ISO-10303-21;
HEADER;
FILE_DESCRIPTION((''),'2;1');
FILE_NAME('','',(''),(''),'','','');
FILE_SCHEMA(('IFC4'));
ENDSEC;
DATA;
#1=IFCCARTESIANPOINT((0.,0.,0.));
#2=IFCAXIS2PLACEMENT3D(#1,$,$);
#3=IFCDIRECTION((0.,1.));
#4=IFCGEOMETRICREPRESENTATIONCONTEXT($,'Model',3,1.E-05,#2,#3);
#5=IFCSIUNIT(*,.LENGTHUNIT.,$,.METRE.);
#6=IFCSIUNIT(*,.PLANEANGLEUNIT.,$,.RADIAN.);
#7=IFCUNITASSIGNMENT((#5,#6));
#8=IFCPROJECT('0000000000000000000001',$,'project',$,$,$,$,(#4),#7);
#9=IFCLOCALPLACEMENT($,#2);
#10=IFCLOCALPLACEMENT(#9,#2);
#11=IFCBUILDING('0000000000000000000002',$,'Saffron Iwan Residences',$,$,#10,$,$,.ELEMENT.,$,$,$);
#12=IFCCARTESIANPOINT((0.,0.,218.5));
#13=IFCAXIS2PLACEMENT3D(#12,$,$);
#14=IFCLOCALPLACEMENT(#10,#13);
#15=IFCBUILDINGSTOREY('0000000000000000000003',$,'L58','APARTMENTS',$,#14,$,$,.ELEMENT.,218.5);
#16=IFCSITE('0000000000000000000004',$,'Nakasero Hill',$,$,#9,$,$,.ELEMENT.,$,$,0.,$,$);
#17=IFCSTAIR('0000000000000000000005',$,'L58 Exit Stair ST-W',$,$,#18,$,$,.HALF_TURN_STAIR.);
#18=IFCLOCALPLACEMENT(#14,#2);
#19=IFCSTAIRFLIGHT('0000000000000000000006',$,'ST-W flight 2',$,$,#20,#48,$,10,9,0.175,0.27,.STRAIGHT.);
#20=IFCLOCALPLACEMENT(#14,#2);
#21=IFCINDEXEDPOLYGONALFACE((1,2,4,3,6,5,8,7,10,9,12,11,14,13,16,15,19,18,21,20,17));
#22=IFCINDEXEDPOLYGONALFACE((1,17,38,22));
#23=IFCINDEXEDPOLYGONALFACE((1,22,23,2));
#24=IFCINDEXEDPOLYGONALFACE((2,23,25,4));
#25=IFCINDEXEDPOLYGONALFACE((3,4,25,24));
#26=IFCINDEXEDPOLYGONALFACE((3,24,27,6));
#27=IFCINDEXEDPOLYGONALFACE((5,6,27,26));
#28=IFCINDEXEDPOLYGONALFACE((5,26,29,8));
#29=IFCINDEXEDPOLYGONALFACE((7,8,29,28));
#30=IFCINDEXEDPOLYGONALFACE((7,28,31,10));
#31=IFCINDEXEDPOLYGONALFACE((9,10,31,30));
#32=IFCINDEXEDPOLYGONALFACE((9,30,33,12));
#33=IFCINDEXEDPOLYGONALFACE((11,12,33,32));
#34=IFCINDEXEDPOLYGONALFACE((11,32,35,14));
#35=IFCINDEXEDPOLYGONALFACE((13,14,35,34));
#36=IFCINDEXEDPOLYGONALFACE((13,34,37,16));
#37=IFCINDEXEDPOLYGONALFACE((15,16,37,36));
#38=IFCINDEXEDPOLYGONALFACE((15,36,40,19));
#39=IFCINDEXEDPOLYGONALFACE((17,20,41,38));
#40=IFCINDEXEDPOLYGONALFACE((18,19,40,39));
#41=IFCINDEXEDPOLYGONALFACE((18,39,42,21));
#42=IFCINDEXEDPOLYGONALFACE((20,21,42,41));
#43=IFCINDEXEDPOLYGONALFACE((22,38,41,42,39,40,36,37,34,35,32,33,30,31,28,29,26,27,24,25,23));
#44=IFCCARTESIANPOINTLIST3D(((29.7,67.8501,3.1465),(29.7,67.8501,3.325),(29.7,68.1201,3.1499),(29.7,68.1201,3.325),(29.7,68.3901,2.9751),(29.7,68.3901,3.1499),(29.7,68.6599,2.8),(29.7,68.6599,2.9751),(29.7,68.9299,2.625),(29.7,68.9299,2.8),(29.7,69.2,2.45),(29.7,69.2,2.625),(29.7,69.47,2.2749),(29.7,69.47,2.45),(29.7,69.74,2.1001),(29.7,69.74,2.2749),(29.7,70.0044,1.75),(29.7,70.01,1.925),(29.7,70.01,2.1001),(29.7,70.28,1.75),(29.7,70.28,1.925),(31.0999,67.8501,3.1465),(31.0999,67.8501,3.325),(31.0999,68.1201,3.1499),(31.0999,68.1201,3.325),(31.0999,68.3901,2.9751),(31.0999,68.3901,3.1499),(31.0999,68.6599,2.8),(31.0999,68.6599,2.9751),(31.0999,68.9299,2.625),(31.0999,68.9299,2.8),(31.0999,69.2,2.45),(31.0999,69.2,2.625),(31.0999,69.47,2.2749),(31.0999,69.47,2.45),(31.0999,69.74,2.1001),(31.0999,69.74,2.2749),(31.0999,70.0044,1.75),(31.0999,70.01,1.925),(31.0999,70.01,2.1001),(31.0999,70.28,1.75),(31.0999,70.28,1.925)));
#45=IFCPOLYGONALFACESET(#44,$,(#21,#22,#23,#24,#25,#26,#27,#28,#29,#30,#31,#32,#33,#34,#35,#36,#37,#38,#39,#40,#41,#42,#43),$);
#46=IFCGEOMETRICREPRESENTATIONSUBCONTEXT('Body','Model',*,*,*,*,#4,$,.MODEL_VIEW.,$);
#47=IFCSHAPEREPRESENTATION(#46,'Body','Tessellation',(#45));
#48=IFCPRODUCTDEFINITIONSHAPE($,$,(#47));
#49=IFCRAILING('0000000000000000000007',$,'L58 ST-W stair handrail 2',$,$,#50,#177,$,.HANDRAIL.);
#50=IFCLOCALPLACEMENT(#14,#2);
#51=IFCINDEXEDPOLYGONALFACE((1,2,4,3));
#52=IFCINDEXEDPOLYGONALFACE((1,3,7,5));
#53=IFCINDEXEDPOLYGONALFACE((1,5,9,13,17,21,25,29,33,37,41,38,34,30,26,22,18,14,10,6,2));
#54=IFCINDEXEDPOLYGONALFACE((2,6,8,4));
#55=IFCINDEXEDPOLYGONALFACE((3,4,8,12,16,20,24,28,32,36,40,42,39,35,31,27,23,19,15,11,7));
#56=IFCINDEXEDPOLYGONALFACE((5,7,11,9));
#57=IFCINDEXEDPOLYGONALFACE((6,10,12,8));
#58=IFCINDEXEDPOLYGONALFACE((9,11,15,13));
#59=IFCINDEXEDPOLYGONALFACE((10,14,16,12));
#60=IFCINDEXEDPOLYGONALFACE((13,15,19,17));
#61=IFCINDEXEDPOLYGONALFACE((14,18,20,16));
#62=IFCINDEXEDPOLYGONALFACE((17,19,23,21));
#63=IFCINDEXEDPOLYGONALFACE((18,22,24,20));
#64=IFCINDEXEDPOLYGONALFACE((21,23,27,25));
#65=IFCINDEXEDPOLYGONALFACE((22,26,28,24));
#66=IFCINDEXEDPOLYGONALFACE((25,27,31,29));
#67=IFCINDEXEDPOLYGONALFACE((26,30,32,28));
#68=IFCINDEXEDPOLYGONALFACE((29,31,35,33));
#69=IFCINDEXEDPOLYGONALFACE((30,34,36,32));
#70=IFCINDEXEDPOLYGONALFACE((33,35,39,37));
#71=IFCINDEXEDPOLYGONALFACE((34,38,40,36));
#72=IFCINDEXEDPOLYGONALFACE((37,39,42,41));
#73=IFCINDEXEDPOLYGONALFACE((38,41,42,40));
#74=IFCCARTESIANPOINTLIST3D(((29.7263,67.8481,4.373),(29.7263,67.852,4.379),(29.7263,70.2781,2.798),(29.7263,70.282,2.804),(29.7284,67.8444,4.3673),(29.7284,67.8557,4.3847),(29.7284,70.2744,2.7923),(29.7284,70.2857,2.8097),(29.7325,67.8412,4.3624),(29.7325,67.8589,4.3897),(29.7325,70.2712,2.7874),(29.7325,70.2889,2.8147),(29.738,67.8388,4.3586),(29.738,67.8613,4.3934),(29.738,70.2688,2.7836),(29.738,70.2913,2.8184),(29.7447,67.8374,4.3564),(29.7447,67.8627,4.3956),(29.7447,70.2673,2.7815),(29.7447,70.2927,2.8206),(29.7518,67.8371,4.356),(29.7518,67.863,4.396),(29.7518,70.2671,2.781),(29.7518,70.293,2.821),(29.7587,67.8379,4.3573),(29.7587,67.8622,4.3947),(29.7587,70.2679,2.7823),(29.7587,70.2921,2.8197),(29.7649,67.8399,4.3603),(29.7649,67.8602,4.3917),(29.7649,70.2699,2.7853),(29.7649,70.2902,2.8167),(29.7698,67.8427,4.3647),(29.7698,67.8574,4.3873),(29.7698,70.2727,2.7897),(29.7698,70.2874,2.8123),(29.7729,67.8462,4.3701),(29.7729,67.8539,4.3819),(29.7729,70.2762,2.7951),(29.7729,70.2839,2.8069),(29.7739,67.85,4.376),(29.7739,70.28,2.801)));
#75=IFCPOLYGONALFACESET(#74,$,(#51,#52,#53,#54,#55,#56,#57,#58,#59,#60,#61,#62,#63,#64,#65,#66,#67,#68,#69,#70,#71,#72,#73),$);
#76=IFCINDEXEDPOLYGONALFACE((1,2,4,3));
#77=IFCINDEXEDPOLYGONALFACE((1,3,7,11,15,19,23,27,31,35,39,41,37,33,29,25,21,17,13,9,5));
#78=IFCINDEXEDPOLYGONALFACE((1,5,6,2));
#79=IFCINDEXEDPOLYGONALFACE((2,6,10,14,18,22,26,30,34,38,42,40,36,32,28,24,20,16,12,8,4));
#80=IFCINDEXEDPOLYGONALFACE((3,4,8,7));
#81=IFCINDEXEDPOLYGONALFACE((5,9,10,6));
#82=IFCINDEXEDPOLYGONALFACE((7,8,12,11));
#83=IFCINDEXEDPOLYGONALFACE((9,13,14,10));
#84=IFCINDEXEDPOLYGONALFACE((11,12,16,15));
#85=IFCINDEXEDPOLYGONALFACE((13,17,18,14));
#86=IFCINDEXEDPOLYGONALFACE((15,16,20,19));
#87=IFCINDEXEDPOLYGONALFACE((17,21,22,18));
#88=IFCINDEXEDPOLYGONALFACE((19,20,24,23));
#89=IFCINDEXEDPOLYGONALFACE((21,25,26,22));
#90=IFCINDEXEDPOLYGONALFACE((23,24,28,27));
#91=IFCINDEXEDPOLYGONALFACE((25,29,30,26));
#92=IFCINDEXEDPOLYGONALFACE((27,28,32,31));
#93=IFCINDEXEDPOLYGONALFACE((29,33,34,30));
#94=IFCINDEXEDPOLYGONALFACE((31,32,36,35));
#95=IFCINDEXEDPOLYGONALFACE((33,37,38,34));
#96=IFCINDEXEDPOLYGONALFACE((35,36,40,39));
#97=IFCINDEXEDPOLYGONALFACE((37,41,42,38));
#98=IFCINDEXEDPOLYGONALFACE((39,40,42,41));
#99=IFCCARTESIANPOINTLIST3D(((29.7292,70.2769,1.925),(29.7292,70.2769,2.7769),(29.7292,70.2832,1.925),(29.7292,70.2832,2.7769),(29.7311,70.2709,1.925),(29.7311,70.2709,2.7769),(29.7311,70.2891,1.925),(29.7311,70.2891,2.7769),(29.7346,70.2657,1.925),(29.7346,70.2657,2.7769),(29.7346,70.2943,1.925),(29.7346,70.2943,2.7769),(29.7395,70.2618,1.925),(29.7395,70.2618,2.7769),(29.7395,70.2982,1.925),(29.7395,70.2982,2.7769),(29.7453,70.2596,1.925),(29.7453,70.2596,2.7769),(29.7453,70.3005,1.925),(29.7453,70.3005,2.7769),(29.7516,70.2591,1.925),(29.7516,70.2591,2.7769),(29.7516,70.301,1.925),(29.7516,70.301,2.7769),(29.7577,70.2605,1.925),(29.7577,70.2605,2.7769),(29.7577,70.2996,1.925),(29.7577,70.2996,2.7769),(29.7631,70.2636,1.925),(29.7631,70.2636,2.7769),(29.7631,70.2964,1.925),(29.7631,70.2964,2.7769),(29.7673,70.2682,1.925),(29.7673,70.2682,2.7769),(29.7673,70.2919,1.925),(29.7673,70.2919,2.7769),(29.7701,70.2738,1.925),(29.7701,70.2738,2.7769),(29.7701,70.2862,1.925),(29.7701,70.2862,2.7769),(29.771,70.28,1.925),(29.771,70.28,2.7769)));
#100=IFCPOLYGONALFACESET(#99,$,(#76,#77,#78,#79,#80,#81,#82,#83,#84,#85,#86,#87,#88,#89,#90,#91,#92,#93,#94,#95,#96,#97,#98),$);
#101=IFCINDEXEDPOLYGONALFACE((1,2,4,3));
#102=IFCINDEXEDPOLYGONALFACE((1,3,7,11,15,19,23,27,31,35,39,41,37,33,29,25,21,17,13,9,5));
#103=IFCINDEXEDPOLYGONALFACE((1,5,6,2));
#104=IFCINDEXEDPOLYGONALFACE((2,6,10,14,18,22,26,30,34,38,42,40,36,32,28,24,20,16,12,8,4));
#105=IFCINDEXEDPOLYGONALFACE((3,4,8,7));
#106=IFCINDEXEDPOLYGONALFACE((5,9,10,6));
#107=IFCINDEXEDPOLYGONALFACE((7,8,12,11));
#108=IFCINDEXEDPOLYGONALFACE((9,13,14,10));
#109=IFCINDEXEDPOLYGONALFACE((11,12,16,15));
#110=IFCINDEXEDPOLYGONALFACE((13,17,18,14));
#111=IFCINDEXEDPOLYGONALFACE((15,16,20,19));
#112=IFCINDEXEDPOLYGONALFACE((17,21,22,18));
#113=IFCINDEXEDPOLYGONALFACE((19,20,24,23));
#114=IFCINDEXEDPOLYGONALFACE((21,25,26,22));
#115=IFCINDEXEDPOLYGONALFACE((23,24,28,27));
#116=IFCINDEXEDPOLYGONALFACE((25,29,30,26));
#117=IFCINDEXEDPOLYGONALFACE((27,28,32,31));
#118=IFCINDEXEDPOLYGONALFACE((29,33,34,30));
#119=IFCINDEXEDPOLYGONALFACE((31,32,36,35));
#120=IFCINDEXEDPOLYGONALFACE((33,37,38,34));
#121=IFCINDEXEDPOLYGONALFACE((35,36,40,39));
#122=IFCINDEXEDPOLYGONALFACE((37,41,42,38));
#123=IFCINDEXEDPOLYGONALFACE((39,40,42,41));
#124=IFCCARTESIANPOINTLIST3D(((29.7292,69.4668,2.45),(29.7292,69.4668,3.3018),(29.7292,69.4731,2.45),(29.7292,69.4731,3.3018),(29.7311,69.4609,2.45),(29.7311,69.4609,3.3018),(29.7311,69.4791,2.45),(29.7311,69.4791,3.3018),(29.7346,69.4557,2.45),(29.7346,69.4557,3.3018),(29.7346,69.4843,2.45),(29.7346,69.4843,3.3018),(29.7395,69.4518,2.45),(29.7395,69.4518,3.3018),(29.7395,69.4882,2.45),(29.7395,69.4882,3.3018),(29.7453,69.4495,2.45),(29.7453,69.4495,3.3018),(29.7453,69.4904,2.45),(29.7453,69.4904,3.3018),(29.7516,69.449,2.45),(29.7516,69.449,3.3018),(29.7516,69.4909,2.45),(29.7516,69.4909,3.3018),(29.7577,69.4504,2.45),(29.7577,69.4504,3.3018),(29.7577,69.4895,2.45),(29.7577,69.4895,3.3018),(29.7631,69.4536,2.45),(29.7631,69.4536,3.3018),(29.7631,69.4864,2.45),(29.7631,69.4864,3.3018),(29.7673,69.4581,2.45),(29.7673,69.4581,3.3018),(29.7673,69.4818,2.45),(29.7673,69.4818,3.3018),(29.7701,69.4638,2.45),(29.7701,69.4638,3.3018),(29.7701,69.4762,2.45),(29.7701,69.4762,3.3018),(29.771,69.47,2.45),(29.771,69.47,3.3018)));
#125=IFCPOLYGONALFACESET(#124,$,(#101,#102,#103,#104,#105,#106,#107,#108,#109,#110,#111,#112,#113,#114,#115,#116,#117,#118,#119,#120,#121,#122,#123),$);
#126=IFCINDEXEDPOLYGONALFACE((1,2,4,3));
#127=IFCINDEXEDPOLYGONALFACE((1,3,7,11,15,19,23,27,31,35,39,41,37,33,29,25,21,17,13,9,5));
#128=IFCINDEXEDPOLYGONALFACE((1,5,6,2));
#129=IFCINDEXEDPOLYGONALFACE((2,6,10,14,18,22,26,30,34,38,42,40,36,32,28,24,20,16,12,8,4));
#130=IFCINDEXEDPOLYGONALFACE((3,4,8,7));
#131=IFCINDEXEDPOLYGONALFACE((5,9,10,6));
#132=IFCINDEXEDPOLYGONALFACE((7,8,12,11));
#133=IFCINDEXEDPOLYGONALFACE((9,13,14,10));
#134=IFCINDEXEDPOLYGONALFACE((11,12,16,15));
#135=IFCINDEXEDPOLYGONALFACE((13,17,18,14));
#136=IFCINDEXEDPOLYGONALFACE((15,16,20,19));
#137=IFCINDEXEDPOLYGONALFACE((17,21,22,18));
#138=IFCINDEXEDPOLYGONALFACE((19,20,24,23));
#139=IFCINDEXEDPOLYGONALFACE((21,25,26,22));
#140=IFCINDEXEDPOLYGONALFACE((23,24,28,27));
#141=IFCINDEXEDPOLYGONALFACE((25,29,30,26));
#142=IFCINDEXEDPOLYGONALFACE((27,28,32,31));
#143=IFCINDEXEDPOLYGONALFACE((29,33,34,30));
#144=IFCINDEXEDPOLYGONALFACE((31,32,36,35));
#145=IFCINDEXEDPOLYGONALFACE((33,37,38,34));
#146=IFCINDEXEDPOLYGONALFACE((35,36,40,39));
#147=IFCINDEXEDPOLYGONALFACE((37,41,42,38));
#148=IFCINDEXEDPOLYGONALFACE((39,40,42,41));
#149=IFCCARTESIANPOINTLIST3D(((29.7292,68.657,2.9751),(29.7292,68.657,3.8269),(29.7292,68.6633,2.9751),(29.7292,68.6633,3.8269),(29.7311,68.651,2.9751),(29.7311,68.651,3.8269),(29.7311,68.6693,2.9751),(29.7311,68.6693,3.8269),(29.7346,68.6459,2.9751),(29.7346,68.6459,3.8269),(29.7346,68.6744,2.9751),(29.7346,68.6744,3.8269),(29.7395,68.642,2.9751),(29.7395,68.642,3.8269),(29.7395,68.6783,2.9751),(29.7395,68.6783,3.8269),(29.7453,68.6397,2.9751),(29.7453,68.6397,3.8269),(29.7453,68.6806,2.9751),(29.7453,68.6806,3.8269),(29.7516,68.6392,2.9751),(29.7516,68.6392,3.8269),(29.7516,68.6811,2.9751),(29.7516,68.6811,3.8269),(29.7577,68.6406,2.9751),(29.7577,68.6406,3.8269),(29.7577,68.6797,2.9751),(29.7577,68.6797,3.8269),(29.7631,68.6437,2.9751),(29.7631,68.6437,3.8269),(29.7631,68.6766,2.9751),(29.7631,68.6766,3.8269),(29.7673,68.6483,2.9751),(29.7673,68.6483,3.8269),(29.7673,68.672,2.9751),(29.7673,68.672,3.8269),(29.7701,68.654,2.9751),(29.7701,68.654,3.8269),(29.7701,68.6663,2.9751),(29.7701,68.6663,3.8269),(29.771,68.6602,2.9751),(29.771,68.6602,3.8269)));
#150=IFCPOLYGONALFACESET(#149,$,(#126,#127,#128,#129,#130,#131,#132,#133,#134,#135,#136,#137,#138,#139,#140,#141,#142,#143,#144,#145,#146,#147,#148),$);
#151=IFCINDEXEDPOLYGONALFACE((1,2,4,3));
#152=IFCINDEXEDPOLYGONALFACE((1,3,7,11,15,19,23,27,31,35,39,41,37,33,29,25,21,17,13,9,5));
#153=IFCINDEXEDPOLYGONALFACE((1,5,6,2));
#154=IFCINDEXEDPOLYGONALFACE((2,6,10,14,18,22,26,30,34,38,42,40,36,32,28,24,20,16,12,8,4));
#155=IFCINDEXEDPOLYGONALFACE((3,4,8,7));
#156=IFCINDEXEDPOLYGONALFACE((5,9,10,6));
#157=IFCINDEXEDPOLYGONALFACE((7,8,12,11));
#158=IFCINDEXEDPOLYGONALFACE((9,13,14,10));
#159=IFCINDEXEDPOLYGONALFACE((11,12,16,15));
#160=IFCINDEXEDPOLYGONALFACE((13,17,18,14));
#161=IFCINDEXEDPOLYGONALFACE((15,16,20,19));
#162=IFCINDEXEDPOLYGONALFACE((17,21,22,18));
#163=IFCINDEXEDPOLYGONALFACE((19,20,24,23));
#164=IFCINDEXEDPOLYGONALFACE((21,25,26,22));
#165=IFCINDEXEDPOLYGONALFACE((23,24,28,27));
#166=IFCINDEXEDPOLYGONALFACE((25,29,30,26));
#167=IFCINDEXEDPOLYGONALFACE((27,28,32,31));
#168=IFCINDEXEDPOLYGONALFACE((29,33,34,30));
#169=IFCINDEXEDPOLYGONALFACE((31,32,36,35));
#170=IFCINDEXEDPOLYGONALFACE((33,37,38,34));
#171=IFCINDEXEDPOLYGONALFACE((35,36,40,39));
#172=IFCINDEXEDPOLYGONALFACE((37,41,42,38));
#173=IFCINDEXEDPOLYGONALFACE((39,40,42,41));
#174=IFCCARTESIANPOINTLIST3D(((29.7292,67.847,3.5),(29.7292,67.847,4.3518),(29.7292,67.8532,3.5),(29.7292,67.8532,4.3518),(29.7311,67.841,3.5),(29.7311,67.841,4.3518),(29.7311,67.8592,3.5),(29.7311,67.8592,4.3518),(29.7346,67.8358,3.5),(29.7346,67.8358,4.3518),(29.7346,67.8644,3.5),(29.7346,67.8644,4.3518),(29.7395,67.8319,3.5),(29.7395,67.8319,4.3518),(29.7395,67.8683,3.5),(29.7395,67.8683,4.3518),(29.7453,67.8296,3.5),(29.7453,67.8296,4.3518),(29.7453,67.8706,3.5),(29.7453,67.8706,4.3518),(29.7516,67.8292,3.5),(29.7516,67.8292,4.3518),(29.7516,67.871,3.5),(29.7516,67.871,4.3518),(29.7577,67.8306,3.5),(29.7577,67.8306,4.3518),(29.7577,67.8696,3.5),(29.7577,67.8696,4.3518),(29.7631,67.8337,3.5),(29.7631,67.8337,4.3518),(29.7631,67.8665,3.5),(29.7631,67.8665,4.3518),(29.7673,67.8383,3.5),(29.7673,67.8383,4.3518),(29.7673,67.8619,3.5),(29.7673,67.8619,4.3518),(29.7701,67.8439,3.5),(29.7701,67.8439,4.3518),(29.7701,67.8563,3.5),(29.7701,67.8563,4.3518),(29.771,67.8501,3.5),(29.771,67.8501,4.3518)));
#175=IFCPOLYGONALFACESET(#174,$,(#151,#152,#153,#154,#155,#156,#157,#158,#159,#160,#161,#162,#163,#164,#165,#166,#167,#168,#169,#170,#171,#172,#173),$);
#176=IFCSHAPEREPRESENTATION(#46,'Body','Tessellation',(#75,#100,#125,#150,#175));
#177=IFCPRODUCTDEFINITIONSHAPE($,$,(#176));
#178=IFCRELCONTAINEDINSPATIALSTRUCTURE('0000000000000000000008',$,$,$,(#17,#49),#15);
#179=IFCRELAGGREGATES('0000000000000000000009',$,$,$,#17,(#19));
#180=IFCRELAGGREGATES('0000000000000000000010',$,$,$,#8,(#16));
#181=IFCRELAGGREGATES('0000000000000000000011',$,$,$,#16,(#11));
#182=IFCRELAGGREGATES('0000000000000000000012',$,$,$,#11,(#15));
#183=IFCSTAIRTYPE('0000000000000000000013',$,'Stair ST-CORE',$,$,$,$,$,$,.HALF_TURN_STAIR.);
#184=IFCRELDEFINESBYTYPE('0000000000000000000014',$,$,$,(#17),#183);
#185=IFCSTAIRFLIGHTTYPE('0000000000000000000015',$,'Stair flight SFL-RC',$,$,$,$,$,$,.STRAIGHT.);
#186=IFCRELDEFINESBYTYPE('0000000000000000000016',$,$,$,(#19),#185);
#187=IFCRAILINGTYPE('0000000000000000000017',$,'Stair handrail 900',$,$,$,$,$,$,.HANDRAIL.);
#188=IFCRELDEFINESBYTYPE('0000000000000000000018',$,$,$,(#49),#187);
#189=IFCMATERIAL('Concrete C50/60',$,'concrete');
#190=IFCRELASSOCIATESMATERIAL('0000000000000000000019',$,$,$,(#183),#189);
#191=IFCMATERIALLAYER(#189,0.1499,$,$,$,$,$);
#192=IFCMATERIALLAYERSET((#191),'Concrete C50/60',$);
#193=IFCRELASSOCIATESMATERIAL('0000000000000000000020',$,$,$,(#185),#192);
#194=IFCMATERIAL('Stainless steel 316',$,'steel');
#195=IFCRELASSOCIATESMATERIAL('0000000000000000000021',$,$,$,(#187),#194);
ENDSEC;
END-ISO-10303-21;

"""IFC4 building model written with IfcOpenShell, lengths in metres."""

from ifc_helpers import new_model, si_unit, direction, frame, origin, origin_2d, place, context, subcontext, project, spatial, polyline, circle, outline, extrude, material, layer, layer_set, type_object, element, aggregate, save


model = new_model("IFC4")

# Units and contexts
model_context = context("Model", 3, precision=1e-05, world=origin(), true_north=direction((0.0, 1.0)))
body_context = subcontext(model_context, "Body", "Model", "MODEL_VIEW")
ifc_project = project(units=[si_unit("LENGTHUNIT", "METRE"), si_unit("PLANEANGLEUNIT", "RADIAN")], contexts=[model_context])

# Site, building, storey
site_placement = place(None, origin())
site = spatial("IfcSite", under=ifc_project, at=site_placement, Name="Nakasero Hill", CompositionType="ELEMENT", RefElevation=0.0)
building_placement = place(site_placement, origin())
building = spatial("IfcBuilding", under=site, at=building_placement, Name="Saffron Iwan Residences", CompositionType="ELEMENT")
storey_placement = place(building_placement, frame((0.0, 0.0, 218.5)))
storey = spatial("IfcBuildingStorey", under=building, at=storey_placement, Name="L58", Description="APARTMENTS", CompositionType="ELEMENT", Elevation=218.5)

# Stair, stair flight
ifc_material_1 = material(Name="Concrete C50/60", Category="concrete")
stair_type = type_object("IfcStairType", Name="Stair ST-CORE", PredefinedType="HALF_TURN_STAIR", material=ifc_material_1)
stair_placement = place(storey_placement, origin())
stair = element("IfcStair", 1, at=stair_placement, inside=storey, type_object=stair_type, Name="L58 Exit Stair ST-W", PredefinedType="HALF_TURN_STAIR")
ifc_layer = layer(ifc_material_1, 0.1499)
ifc_layer_set = layer_set([ifc_layer], Name="Concrete C50/60")
stair_flight_type = type_object("IfcStairFlightType", Name="Stair flight SFL-RC", PredefinedType="STRAIGHT", material=ifc_layer_set)
stair_flight_placement = place(storey_placement, frame((30.3999, 70.28, 1.75), z_axis=(0.0, 0.0, 1.0), x_axis=(0.0, -1.0, 0.0)))
stair_flight = element("IfcStairFlight", 2, at=stair_flight_placement, type_object=stair_flight_type, Name="ST-W flight 2", NumberOfRisers=10, NumberOfTreads=9, PredefinedType="STRAIGHT", RiserHeight=0.175, TreadLength=0.27, context=body_context, shape_type="SweptSolid", body=[
    extrude(outline(polyline([(0.0, 0.0), (0.0, 0.175), (0.27, 0.175), (0.27, 0.3501), (0.54, 0.3501), (0.54, 0.5249), (0.8101, 0.5249), (0.8101, 0.7), (1.0801, 0.7), (1.0801, 0.875), (1.3501, 0.875), (1.3501, 1.05), (1.6201, 1.05), (1.6201, 1.2251), (1.8899, 1.2251), (1.8899, 1.3999), (2.1599, 1.3999), (2.1599, 1.575), (2.4299, 1.575), (2.4299, 1.75), (2.4299, 1.3965), (0.2756, 0.0), (0.0, 0.0)])), frame((0.0, 0.7, 0.0), z_axis=(0.0, -1.0, 0.0), x_axis=(1.0, 0.0, 0.0)), (0.0, 0.0, 1.0), 1.3999),
])
aggregate(stair, [stair_flight])

# Railing
ifc_material_2 = material(Name="Stainless steel 316", Category="steel")
railing_type = type_object("IfcRailingType", Name="Stair handrail 900", PredefinedType="HANDRAIL", material=ifc_material_2)
railing_placement = place(storey_placement, frame((29.75, 70.28, 1.925)))
element("IfcRailing", 3, at=railing_placement, inside=storey, type_object=railing_type, Name="L58 ST-W stair handrail 2", PredefinedType="HANDRAIL", context=body_context, shape_type="SweptSolid", body=[
    extrude(circle(Radius=0.0239, at=origin_2d()), frame((0.0, 0.0, 0.876), z_axis=(0.0, -0.839154, 0.543894), x_axis=(1.0, 0.0, 0.0)), (0.0, 0.0, 1.0), 2.8958),
    extrude(circle(Radius=0.021, at=origin_2d()), origin(), (0.0, 0.0, 1.0), 0.8518),
    extrude(circle(Radius=0.021, at=origin_2d()), frame((0.0, -0.8101, 0.5249)), (0.0, 0.0, 1.0), 0.8518),
    extrude(circle(Radius=0.021, at=origin_2d()), frame((0.0, -1.6199, 1.05)), (0.0, 0.0, 1.0), 0.8518),
    extrude(circle(Radius=0.021, at=origin_2d()), frame((0.0, -2.4299, 1.575)), (0.0, 0.0, 1.0), 0.8518),
])

save(model, "model.ifc")
